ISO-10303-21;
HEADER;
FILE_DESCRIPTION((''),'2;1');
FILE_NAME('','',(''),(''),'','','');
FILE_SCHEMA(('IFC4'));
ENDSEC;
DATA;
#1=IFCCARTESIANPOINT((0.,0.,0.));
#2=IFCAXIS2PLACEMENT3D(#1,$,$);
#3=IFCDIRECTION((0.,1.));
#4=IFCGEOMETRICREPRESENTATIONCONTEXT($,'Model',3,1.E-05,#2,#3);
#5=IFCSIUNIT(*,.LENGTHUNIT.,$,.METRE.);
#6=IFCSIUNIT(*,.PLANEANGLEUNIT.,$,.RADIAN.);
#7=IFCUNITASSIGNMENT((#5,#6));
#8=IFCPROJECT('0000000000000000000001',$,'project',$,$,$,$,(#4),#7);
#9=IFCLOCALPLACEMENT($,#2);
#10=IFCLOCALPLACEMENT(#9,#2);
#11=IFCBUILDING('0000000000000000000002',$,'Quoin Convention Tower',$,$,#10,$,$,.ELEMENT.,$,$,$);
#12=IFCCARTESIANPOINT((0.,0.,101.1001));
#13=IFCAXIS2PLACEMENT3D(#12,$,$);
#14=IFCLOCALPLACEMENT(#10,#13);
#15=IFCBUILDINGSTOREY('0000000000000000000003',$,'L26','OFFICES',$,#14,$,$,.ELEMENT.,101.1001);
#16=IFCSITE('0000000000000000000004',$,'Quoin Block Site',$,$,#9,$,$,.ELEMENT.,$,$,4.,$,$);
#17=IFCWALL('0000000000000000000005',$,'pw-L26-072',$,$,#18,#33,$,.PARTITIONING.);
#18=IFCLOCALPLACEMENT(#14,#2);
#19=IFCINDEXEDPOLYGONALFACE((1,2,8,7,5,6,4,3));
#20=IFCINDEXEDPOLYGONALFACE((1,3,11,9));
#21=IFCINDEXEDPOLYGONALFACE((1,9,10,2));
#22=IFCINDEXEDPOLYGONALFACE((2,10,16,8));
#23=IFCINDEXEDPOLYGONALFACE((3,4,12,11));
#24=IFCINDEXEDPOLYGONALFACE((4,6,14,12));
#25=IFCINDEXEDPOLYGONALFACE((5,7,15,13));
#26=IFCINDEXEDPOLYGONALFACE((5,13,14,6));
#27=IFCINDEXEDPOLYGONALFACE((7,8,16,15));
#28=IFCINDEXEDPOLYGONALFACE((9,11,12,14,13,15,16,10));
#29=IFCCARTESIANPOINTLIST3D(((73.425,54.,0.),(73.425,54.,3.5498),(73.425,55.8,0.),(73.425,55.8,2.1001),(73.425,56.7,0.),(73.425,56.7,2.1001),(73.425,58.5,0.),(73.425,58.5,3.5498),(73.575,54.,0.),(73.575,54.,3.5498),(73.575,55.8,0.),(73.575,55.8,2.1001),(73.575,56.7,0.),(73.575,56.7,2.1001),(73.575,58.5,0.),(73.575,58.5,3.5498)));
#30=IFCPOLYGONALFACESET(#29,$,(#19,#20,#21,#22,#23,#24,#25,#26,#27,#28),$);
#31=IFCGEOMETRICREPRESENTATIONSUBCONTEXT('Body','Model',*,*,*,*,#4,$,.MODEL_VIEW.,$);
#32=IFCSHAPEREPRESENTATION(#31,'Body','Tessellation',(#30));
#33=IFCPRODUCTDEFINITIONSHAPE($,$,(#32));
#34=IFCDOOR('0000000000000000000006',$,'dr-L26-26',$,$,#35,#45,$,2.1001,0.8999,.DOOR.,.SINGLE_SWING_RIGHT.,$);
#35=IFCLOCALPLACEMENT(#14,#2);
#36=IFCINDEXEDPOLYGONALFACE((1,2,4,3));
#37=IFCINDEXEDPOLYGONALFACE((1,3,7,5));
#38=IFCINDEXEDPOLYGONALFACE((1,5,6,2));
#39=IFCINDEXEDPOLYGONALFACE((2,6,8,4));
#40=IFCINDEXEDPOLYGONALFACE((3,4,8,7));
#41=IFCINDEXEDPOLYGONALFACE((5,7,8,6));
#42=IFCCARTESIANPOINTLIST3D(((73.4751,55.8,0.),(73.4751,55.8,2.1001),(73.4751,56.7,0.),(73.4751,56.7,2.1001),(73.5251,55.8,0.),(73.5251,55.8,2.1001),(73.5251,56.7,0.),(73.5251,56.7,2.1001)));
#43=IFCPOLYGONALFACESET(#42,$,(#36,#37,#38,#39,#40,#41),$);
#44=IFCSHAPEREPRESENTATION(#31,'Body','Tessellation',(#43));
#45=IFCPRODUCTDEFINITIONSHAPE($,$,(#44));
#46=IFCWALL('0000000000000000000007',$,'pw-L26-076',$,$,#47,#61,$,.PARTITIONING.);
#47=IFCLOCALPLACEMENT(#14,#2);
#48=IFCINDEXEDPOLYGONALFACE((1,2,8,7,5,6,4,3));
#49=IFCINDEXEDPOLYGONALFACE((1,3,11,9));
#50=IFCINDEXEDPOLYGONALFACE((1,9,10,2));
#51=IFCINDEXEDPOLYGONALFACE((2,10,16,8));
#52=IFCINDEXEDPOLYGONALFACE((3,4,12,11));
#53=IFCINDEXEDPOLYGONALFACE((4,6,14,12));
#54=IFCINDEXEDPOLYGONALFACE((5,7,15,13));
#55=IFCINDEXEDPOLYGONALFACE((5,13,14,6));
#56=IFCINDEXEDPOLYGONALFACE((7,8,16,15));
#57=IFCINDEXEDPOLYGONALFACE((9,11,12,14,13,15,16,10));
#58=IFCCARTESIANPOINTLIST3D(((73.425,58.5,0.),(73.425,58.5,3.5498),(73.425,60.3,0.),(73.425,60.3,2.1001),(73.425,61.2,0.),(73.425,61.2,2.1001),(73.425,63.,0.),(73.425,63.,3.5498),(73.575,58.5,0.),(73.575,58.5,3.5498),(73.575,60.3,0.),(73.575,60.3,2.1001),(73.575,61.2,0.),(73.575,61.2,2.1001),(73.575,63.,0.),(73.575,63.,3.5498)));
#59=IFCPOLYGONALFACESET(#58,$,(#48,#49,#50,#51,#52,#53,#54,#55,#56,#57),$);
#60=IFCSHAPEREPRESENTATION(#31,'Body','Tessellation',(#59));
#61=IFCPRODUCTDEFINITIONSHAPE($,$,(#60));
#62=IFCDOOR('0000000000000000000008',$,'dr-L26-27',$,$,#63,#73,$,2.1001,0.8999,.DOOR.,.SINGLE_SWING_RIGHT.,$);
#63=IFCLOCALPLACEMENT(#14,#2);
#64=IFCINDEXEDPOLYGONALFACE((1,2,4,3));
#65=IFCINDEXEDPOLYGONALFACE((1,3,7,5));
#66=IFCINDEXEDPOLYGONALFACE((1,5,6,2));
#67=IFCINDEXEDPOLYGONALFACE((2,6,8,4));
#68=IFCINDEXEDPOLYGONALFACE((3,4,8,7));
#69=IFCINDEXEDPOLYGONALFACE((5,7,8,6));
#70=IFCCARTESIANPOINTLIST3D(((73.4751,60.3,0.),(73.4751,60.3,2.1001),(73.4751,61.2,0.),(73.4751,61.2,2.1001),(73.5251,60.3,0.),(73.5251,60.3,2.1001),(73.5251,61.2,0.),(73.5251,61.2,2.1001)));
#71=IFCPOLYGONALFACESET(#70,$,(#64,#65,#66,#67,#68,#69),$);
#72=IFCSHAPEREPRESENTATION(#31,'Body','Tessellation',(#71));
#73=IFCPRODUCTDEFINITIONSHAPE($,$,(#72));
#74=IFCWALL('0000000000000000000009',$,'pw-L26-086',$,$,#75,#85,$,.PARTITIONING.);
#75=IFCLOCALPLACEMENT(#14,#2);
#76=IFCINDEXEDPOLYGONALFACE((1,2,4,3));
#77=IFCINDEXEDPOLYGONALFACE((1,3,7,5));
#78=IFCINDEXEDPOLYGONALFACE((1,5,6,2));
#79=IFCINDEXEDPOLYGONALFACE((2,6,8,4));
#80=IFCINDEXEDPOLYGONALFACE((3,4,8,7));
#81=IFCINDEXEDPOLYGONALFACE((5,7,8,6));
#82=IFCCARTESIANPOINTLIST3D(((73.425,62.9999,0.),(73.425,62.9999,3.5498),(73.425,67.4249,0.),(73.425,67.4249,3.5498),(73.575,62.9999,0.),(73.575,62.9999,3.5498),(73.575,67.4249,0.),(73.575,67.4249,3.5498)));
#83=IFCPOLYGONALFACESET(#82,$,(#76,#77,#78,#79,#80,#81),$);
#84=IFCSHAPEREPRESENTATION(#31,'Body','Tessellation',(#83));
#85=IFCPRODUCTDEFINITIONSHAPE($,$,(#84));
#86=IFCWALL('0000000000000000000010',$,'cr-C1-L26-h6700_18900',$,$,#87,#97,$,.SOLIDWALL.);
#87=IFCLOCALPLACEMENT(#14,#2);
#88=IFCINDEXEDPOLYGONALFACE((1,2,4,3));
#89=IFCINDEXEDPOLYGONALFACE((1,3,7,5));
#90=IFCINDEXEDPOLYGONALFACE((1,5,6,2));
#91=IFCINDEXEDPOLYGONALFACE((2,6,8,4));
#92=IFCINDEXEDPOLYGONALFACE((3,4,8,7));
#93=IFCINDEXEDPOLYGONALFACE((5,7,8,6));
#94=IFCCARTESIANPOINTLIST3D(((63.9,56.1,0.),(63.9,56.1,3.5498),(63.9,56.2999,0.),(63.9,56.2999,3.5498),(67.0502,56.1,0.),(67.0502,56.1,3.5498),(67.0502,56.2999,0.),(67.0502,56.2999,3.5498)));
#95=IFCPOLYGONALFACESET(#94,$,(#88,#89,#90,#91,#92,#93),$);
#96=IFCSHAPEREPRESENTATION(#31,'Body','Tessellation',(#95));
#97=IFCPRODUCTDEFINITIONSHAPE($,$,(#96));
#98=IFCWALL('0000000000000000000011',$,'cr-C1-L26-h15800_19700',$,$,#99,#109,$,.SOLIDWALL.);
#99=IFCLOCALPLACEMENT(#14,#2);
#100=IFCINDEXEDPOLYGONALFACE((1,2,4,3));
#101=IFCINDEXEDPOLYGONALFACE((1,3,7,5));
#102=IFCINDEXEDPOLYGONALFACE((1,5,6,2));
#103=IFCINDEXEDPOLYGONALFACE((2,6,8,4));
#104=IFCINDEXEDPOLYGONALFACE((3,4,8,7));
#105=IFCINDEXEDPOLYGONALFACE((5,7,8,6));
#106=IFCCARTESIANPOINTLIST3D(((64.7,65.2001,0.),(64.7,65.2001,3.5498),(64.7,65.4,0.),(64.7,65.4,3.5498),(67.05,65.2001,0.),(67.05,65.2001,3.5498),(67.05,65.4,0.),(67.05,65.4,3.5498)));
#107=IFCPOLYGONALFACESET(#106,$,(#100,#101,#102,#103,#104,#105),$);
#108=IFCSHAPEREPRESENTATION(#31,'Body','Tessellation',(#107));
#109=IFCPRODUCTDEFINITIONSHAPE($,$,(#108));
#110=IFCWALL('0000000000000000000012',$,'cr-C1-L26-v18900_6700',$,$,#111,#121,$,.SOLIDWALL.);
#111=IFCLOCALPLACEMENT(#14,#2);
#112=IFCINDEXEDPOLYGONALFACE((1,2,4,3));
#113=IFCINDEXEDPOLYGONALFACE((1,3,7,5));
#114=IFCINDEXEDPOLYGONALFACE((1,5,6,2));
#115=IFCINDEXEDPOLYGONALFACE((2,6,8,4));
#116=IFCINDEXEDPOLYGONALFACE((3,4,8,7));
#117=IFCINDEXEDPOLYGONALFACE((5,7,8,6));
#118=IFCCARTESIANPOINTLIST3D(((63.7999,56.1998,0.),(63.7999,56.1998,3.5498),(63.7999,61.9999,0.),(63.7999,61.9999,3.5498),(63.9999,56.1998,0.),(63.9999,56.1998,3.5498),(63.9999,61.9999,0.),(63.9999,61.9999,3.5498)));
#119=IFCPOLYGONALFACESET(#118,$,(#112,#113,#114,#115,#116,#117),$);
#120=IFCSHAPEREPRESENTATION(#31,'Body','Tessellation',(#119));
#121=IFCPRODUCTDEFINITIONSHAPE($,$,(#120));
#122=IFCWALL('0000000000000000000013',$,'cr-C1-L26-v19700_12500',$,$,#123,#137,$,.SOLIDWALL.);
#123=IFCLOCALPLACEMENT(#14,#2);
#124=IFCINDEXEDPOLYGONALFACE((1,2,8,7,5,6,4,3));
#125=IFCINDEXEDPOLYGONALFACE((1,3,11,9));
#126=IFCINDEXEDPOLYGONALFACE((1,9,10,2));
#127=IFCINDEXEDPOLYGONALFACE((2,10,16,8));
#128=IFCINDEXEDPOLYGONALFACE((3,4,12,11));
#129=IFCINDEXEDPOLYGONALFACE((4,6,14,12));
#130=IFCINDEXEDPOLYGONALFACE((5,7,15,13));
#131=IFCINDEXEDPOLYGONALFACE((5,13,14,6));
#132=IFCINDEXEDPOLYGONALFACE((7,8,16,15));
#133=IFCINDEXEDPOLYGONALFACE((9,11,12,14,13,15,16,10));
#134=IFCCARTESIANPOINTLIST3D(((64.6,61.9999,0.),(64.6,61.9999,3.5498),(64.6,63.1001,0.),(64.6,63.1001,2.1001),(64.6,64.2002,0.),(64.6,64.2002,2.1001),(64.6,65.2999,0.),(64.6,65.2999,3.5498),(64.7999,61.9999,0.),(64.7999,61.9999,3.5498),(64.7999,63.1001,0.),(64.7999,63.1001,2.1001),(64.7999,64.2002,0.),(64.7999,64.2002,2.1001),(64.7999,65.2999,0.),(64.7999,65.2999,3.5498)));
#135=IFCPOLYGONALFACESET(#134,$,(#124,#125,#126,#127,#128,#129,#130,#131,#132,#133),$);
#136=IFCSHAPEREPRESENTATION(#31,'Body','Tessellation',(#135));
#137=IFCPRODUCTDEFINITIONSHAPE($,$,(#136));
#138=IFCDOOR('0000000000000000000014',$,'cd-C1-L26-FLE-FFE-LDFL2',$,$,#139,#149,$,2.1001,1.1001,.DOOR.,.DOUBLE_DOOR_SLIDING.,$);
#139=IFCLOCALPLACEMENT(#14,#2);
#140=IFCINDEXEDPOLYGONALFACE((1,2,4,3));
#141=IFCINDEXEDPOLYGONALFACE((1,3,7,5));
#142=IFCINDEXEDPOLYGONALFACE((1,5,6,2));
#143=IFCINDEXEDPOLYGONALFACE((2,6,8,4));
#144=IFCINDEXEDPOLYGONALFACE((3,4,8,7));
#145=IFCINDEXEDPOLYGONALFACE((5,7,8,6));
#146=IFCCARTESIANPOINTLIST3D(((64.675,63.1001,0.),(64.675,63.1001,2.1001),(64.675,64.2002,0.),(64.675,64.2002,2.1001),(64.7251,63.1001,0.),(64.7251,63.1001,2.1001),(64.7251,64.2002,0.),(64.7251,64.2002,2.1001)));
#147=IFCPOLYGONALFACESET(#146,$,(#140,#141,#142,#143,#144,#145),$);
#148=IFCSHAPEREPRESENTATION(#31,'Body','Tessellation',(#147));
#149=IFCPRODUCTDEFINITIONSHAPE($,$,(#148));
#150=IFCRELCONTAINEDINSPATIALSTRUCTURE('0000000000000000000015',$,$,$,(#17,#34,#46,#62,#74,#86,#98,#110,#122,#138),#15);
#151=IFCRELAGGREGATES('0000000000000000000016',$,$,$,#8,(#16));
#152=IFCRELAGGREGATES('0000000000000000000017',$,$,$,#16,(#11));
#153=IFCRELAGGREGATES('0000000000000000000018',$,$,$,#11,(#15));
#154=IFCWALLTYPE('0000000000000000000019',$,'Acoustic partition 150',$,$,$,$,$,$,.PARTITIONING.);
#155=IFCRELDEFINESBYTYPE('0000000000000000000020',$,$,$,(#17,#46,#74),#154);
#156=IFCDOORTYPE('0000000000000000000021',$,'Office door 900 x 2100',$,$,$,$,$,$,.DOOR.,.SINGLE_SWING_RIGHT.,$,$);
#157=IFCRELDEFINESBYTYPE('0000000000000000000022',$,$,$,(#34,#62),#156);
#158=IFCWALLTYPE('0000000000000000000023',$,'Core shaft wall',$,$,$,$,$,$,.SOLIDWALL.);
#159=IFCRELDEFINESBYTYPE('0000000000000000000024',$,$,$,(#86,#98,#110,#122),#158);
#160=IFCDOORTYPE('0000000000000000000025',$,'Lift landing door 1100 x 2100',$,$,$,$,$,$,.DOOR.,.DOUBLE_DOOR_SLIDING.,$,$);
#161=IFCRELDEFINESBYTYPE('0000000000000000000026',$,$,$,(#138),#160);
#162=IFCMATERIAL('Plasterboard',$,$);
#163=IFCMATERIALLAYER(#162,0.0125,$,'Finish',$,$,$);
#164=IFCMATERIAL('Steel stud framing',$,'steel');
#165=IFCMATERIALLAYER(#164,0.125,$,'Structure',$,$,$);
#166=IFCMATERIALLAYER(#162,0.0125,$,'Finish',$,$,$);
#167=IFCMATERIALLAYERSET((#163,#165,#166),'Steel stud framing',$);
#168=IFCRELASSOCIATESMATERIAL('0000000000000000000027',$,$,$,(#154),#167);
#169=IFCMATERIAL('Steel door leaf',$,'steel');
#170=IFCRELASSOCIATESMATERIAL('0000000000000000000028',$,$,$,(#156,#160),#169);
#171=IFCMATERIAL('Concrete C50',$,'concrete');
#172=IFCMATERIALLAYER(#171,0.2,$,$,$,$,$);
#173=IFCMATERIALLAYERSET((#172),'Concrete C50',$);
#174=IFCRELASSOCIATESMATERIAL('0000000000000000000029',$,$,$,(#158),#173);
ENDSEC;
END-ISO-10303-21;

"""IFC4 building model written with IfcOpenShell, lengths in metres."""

from ifc_helpers import new_model, si_unit, direction, frame, frame_2d, origin, place, context, subcontext, project, spatial, rectangle, extrude, material, layer, layer_set, type_object, element, fill, save


model = new_model("IFC4")

# Units and contexts
model_context = context("Model", 3, precision=1e-05, world=origin(), true_north=direction((0.0, 1.0)))
body_context = subcontext(model_context, "Body", "Model", "MODEL_VIEW")
ifc_project = project(units=[si_unit("LENGTHUNIT", "METRE"), si_unit("PLANEANGLEUNIT", "RADIAN")], contexts=[model_context])

# Site, building, storey
site_placement = place(None, origin())
site = spatial("IfcSite", under=ifc_project, at=site_placement, Name="Quoin Block Site", CompositionType="ELEMENT", RefElevation=4.0)
building_placement = place(site_placement, origin())
building = spatial("IfcBuilding", under=site, at=building_placement, Name="Quoin Convention Tower", CompositionType="ELEMENT")
storey_placement = place(building_placement, frame((0.0, 0.0, 101.1001)))
storey = spatial("IfcBuildingStorey", under=building, at=storey_placement, Name="L26", Description="OFFICES", CompositionType="ELEMENT", Elevation=101.1001)

# Shared definitions
ifc_material_1 = material(Name="Plasterboard")
ifc_layer_1 = layer(ifc_material_1, 0.0125, Name="Finish")
ifc_material_2 = material(Name="Steel stud framing", Category="steel")
ifc_layer_2 = layer(ifc_material_2, 0.125, Name="Structure")
ifc_layer_3 = layer(ifc_material_1, 0.0125, Name="Finish")
ifc_layer_set_1 = layer_set([ifc_layer_1, ifc_layer_2, ifc_layer_3], Name="Steel stud framing")
wall_type_1 = type_object("IfcWallType", Name="Acoustic partition 150", PredefinedType="PARTITIONING", material=ifc_layer_set_1)

# Walls, openings, doors
wall_1_placement = place(storey_placement, frame((73.5, 54.0, 0.0), z_axis=(0.0, 0.0, 1.0), x_axis=(0.0, 1.0, 0.0)))
wall_1 = element("IfcWall", 1, at=wall_1_placement, inside=storey, type_object=wall_type_1, Name="pw-L26-072", PredefinedType="PARTITIONING", context=body_context, shape_type="SweptSolid", body=[
    extrude(rectangle(XDim=4.5, YDim=0.1499, at=frame_2d((2.25, 0.0))), origin(), (0.0, 0.0, 1.0), 3.5498),
])
opening_1_placement = place(wall_1_placement, frame((1.8, 0.0, 0.0)))
opening_1 = element("IfcOpeningElement", 2, at=opening_1_placement, cuts=wall_1, PredefinedType="OPENING", context=body_context, shape_type="SweptSolid", body=[
    extrude(rectangle(XDim=0.8999, YDim=2.1001, at=frame_2d((0.45, 1.05))), frame((0.0, 0.085, 0.0), z_axis=(0.0, -1.0, 0.0), x_axis=(1.0, 0.0, 0.0)), (0.0, 0.0, 1.0), 0.1699),
])
ifc_material_3 = material(Name="Steel door leaf", Category="steel")
door_type_1 = type_object("IfcDoorType", Name="Office door 900 x 2100", OperationType="SINGLE_SWING_RIGHT", PredefinedType="DOOR", material=ifc_material_3)
door_1_placement = place(opening_1_placement, origin())
door_1 = element("IfcDoor", 3, at=door_1_placement, inside=storey, type_object=door_type_1, Name="dr-L26-26", OperationType="SINGLE_SWING_RIGHT", OverallHeight=2.1001, OverallWidth=0.8999, PredefinedType="DOOR", context=body_context, shape_type="SweptSolid", body=[
    extrude(rectangle(XDim=0.8999, YDim=2.1001, at=frame_2d((0.45, 1.05))), frame((0.0, 0.0249, 0.0), z_axis=(0.0, -1.0, 0.0), x_axis=(1.0, 0.0, 0.0)), (0.0, 0.0, 1.0), 0.05),
])
fill(opening_1, door_1)
wall_2_placement = place(storey_placement, frame((73.5, 58.5, 0.0), z_axis=(0.0, 0.0, 1.0), x_axis=(0.0, 1.0, 0.0)))
wall_2 = element("IfcWall", 4, at=wall_2_placement, inside=storey, type_object=wall_type_1, Name="pw-L26-076", PredefinedType="PARTITIONING", context=body_context, shape_type="SweptSolid", body=[
    extrude(rectangle(XDim=4.5, YDim=0.1499, at=frame_2d((2.25, 0.0))), origin(), (0.0, 0.0, 1.0), 3.5498),
])
opening_2_placement = place(wall_2_placement, frame((1.8, 0.0, 0.0)))
opening_2 = element("IfcOpeningElement", 5, at=opening_2_placement, cuts=wall_2, PredefinedType="OPENING", context=body_context, shape_type="SweptSolid", body=[
    extrude(rectangle(XDim=0.8999, YDim=2.1001, at=frame_2d((0.45, 1.05))), frame((0.0, 0.085, 0.0), z_axis=(0.0, -1.0, 0.0), x_axis=(1.0, 0.0, 0.0)), (0.0, 0.0, 1.0), 0.1699),
])
door_2_placement = place(opening_2_placement, origin())
door_2 = element("IfcDoor", 6, at=door_2_placement, inside=storey, type_object=door_type_1, Name="dr-L26-27", OperationType="SINGLE_SWING_RIGHT", OverallHeight=2.1001, OverallWidth=0.8999, PredefinedType="DOOR", context=body_context, shape_type="SweptSolid", body=[
    extrude(rectangle(XDim=0.8999, YDim=2.1001, at=frame_2d((0.45, 1.05))), frame((0.0, 0.0249, 0.0), z_axis=(0.0, -1.0, 0.0), x_axis=(1.0, 0.0, 0.0)), (0.0, 0.0, 1.0), 0.05),
])
fill(opening_2, door_2)

# Walls
wall_3_placement = place(storey_placement, frame((73.5, 63.0, 0.0), z_axis=(0.0, 0.0, 1.0), x_axis=(0.0, 1.0, 0.0)))
element("IfcWall", 7, at=wall_3_placement, inside=storey, type_object=wall_type_1, Name="pw-L26-086", PredefinedType="PARTITIONING", context=body_context, shape_type="SweptSolid", body=[
    extrude(rectangle(XDim=4.425, YDim=0.1499, at=frame_2d((2.2124, 0.0))), origin(), (0.0, 0.0, 1.0), 3.5498),
])
ifc_material_4 = material(Name="Concrete C50", Category="concrete")
ifc_layer_4 = layer(ifc_material_4, 0.2)
ifc_layer_set_2 = layer_set([ifc_layer_4], Name="Concrete C50")
wall_type_2 = type_object("IfcWallType", Name="Core shaft wall", PredefinedType="SOLIDWALL", material=ifc_layer_set_2)
wall_4_placement = place(storey_placement, frame((63.8999, 56.2, 0.0), z_axis=(0.0, 0.0, 1.0), x_axis=(1.0, 0.0, 0.0)))
element("IfcWall", 8, at=wall_4_placement, inside=storey, type_object=wall_type_2, Name="cr-C1-L26-h6700_18900", PredefinedType="SOLIDWALL", context=body_context, shape_type="SweptSolid", body=[
    extrude(rectangle(XDim=3.1501, YDim=0.2, at=frame_2d((1.5752, 0.0))), origin(), (0.0, 0.0, 1.0), 3.5498),
])
wall_5_placement = place(storey_placement, frame((64.7, 65.3, 0.0), z_axis=(0.0, 0.0, 1.0), x_axis=(1.0, 0.0, 0.0)))
element("IfcWall", 9, at=wall_5_placement, inside=storey, type_object=wall_type_2, Name="cr-C1-L26-h15800_19700", PredefinedType="SOLIDWALL", context=body_context, shape_type="SweptSolid", body=[
    extrude(rectangle(XDim=2.3501, YDim=0.2, at=frame_2d((1.175, 0.0))), origin(), (0.0, 0.0, 1.0), 3.5498),
])
wall_6_placement = place(storey_placement, frame((63.8999, 56.2, 0.0), z_axis=(0.0, 0.0, 1.0), x_axis=(0.0, 1.0, 0.0)))
element("IfcWall", 10, at=wall_6_placement, inside=storey, type_object=wall_type_2, Name="cr-C1-L26-v18900_6700", PredefinedType="SOLIDWALL", context=body_context, shape_type="SweptSolid", body=[
    extrude(rectangle(XDim=5.8, YDim=0.2, at=frame_2d((2.8999, 0.0))), origin(), (0.0, 0.0, 1.0), 3.5498),
])

# Wall, opening, door
wall_7_placement = place(storey_placement, frame((64.7, 62.0, 0.0), z_axis=(0.0, 0.0, 1.0), x_axis=(0.0, 1.0, 0.0)))
wall_7 = element("IfcWall", 11, at=wall_7_placement, inside=storey, type_object=wall_type_2, Name="cr-C1-L26-v19700_12500", PredefinedType="SOLIDWALL", context=body_context, shape_type="SweptSolid", body=[
    extrude(rectangle(XDim=3.3, YDim=0.2, at=frame_2d((1.6499, 0.0))), origin(), (0.0, 0.0, 1.0), 3.5498),
])
opening_3_placement = place(wall_7_placement, frame((1.1001, 0.0, 0.0)))
opening_3 = element("IfcOpeningElement", 12, at=opening_3_placement, cuts=wall_7, PredefinedType="OPENING", context=body_context, shape_type="SweptSolid", body=[
    extrude(rectangle(XDim=1.1001, YDim=2.1001, at=frame_2d((0.55, 1.05))), frame((0.0, 0.1099, 0.0), z_axis=(0.0, -1.0, 0.0), x_axis=(1.0, 0.0, 0.0)), (0.0, 0.0, 1.0), 0.22),
])
door_type_2 = type_object("IfcDoorType", Name="Lift landing door 1100 x 2100", OperationType="DOUBLE_DOOR_SLIDING", PredefinedType="DOOR", material=ifc_material_3)
door_3_placement = place(opening_3_placement, origin())
door_3 = element("IfcDoor", 13, at=door_3_placement, inside=storey, type_object=door_type_2, Name="cd-C1-L26-FLE-FFE-LDFL2", OperationType="DOUBLE_DOOR_SLIDING", OverallHeight=2.1001, OverallWidth=1.1001, PredefinedType="DOOR", context=body_context, shape_type="SweptSolid", body=[
    extrude(rectangle(XDim=1.1001, YDim=2.1001, at=frame_2d((0.55, 1.05))), frame((0.0, 0.0249, 0.0), z_axis=(0.0, -1.0, 0.0), x_axis=(1.0, 0.0, 0.0)), (0.0, 0.0, 1.0), 0.05),
])
fill(opening_3, door_3)

save(model, "model.ifc")
